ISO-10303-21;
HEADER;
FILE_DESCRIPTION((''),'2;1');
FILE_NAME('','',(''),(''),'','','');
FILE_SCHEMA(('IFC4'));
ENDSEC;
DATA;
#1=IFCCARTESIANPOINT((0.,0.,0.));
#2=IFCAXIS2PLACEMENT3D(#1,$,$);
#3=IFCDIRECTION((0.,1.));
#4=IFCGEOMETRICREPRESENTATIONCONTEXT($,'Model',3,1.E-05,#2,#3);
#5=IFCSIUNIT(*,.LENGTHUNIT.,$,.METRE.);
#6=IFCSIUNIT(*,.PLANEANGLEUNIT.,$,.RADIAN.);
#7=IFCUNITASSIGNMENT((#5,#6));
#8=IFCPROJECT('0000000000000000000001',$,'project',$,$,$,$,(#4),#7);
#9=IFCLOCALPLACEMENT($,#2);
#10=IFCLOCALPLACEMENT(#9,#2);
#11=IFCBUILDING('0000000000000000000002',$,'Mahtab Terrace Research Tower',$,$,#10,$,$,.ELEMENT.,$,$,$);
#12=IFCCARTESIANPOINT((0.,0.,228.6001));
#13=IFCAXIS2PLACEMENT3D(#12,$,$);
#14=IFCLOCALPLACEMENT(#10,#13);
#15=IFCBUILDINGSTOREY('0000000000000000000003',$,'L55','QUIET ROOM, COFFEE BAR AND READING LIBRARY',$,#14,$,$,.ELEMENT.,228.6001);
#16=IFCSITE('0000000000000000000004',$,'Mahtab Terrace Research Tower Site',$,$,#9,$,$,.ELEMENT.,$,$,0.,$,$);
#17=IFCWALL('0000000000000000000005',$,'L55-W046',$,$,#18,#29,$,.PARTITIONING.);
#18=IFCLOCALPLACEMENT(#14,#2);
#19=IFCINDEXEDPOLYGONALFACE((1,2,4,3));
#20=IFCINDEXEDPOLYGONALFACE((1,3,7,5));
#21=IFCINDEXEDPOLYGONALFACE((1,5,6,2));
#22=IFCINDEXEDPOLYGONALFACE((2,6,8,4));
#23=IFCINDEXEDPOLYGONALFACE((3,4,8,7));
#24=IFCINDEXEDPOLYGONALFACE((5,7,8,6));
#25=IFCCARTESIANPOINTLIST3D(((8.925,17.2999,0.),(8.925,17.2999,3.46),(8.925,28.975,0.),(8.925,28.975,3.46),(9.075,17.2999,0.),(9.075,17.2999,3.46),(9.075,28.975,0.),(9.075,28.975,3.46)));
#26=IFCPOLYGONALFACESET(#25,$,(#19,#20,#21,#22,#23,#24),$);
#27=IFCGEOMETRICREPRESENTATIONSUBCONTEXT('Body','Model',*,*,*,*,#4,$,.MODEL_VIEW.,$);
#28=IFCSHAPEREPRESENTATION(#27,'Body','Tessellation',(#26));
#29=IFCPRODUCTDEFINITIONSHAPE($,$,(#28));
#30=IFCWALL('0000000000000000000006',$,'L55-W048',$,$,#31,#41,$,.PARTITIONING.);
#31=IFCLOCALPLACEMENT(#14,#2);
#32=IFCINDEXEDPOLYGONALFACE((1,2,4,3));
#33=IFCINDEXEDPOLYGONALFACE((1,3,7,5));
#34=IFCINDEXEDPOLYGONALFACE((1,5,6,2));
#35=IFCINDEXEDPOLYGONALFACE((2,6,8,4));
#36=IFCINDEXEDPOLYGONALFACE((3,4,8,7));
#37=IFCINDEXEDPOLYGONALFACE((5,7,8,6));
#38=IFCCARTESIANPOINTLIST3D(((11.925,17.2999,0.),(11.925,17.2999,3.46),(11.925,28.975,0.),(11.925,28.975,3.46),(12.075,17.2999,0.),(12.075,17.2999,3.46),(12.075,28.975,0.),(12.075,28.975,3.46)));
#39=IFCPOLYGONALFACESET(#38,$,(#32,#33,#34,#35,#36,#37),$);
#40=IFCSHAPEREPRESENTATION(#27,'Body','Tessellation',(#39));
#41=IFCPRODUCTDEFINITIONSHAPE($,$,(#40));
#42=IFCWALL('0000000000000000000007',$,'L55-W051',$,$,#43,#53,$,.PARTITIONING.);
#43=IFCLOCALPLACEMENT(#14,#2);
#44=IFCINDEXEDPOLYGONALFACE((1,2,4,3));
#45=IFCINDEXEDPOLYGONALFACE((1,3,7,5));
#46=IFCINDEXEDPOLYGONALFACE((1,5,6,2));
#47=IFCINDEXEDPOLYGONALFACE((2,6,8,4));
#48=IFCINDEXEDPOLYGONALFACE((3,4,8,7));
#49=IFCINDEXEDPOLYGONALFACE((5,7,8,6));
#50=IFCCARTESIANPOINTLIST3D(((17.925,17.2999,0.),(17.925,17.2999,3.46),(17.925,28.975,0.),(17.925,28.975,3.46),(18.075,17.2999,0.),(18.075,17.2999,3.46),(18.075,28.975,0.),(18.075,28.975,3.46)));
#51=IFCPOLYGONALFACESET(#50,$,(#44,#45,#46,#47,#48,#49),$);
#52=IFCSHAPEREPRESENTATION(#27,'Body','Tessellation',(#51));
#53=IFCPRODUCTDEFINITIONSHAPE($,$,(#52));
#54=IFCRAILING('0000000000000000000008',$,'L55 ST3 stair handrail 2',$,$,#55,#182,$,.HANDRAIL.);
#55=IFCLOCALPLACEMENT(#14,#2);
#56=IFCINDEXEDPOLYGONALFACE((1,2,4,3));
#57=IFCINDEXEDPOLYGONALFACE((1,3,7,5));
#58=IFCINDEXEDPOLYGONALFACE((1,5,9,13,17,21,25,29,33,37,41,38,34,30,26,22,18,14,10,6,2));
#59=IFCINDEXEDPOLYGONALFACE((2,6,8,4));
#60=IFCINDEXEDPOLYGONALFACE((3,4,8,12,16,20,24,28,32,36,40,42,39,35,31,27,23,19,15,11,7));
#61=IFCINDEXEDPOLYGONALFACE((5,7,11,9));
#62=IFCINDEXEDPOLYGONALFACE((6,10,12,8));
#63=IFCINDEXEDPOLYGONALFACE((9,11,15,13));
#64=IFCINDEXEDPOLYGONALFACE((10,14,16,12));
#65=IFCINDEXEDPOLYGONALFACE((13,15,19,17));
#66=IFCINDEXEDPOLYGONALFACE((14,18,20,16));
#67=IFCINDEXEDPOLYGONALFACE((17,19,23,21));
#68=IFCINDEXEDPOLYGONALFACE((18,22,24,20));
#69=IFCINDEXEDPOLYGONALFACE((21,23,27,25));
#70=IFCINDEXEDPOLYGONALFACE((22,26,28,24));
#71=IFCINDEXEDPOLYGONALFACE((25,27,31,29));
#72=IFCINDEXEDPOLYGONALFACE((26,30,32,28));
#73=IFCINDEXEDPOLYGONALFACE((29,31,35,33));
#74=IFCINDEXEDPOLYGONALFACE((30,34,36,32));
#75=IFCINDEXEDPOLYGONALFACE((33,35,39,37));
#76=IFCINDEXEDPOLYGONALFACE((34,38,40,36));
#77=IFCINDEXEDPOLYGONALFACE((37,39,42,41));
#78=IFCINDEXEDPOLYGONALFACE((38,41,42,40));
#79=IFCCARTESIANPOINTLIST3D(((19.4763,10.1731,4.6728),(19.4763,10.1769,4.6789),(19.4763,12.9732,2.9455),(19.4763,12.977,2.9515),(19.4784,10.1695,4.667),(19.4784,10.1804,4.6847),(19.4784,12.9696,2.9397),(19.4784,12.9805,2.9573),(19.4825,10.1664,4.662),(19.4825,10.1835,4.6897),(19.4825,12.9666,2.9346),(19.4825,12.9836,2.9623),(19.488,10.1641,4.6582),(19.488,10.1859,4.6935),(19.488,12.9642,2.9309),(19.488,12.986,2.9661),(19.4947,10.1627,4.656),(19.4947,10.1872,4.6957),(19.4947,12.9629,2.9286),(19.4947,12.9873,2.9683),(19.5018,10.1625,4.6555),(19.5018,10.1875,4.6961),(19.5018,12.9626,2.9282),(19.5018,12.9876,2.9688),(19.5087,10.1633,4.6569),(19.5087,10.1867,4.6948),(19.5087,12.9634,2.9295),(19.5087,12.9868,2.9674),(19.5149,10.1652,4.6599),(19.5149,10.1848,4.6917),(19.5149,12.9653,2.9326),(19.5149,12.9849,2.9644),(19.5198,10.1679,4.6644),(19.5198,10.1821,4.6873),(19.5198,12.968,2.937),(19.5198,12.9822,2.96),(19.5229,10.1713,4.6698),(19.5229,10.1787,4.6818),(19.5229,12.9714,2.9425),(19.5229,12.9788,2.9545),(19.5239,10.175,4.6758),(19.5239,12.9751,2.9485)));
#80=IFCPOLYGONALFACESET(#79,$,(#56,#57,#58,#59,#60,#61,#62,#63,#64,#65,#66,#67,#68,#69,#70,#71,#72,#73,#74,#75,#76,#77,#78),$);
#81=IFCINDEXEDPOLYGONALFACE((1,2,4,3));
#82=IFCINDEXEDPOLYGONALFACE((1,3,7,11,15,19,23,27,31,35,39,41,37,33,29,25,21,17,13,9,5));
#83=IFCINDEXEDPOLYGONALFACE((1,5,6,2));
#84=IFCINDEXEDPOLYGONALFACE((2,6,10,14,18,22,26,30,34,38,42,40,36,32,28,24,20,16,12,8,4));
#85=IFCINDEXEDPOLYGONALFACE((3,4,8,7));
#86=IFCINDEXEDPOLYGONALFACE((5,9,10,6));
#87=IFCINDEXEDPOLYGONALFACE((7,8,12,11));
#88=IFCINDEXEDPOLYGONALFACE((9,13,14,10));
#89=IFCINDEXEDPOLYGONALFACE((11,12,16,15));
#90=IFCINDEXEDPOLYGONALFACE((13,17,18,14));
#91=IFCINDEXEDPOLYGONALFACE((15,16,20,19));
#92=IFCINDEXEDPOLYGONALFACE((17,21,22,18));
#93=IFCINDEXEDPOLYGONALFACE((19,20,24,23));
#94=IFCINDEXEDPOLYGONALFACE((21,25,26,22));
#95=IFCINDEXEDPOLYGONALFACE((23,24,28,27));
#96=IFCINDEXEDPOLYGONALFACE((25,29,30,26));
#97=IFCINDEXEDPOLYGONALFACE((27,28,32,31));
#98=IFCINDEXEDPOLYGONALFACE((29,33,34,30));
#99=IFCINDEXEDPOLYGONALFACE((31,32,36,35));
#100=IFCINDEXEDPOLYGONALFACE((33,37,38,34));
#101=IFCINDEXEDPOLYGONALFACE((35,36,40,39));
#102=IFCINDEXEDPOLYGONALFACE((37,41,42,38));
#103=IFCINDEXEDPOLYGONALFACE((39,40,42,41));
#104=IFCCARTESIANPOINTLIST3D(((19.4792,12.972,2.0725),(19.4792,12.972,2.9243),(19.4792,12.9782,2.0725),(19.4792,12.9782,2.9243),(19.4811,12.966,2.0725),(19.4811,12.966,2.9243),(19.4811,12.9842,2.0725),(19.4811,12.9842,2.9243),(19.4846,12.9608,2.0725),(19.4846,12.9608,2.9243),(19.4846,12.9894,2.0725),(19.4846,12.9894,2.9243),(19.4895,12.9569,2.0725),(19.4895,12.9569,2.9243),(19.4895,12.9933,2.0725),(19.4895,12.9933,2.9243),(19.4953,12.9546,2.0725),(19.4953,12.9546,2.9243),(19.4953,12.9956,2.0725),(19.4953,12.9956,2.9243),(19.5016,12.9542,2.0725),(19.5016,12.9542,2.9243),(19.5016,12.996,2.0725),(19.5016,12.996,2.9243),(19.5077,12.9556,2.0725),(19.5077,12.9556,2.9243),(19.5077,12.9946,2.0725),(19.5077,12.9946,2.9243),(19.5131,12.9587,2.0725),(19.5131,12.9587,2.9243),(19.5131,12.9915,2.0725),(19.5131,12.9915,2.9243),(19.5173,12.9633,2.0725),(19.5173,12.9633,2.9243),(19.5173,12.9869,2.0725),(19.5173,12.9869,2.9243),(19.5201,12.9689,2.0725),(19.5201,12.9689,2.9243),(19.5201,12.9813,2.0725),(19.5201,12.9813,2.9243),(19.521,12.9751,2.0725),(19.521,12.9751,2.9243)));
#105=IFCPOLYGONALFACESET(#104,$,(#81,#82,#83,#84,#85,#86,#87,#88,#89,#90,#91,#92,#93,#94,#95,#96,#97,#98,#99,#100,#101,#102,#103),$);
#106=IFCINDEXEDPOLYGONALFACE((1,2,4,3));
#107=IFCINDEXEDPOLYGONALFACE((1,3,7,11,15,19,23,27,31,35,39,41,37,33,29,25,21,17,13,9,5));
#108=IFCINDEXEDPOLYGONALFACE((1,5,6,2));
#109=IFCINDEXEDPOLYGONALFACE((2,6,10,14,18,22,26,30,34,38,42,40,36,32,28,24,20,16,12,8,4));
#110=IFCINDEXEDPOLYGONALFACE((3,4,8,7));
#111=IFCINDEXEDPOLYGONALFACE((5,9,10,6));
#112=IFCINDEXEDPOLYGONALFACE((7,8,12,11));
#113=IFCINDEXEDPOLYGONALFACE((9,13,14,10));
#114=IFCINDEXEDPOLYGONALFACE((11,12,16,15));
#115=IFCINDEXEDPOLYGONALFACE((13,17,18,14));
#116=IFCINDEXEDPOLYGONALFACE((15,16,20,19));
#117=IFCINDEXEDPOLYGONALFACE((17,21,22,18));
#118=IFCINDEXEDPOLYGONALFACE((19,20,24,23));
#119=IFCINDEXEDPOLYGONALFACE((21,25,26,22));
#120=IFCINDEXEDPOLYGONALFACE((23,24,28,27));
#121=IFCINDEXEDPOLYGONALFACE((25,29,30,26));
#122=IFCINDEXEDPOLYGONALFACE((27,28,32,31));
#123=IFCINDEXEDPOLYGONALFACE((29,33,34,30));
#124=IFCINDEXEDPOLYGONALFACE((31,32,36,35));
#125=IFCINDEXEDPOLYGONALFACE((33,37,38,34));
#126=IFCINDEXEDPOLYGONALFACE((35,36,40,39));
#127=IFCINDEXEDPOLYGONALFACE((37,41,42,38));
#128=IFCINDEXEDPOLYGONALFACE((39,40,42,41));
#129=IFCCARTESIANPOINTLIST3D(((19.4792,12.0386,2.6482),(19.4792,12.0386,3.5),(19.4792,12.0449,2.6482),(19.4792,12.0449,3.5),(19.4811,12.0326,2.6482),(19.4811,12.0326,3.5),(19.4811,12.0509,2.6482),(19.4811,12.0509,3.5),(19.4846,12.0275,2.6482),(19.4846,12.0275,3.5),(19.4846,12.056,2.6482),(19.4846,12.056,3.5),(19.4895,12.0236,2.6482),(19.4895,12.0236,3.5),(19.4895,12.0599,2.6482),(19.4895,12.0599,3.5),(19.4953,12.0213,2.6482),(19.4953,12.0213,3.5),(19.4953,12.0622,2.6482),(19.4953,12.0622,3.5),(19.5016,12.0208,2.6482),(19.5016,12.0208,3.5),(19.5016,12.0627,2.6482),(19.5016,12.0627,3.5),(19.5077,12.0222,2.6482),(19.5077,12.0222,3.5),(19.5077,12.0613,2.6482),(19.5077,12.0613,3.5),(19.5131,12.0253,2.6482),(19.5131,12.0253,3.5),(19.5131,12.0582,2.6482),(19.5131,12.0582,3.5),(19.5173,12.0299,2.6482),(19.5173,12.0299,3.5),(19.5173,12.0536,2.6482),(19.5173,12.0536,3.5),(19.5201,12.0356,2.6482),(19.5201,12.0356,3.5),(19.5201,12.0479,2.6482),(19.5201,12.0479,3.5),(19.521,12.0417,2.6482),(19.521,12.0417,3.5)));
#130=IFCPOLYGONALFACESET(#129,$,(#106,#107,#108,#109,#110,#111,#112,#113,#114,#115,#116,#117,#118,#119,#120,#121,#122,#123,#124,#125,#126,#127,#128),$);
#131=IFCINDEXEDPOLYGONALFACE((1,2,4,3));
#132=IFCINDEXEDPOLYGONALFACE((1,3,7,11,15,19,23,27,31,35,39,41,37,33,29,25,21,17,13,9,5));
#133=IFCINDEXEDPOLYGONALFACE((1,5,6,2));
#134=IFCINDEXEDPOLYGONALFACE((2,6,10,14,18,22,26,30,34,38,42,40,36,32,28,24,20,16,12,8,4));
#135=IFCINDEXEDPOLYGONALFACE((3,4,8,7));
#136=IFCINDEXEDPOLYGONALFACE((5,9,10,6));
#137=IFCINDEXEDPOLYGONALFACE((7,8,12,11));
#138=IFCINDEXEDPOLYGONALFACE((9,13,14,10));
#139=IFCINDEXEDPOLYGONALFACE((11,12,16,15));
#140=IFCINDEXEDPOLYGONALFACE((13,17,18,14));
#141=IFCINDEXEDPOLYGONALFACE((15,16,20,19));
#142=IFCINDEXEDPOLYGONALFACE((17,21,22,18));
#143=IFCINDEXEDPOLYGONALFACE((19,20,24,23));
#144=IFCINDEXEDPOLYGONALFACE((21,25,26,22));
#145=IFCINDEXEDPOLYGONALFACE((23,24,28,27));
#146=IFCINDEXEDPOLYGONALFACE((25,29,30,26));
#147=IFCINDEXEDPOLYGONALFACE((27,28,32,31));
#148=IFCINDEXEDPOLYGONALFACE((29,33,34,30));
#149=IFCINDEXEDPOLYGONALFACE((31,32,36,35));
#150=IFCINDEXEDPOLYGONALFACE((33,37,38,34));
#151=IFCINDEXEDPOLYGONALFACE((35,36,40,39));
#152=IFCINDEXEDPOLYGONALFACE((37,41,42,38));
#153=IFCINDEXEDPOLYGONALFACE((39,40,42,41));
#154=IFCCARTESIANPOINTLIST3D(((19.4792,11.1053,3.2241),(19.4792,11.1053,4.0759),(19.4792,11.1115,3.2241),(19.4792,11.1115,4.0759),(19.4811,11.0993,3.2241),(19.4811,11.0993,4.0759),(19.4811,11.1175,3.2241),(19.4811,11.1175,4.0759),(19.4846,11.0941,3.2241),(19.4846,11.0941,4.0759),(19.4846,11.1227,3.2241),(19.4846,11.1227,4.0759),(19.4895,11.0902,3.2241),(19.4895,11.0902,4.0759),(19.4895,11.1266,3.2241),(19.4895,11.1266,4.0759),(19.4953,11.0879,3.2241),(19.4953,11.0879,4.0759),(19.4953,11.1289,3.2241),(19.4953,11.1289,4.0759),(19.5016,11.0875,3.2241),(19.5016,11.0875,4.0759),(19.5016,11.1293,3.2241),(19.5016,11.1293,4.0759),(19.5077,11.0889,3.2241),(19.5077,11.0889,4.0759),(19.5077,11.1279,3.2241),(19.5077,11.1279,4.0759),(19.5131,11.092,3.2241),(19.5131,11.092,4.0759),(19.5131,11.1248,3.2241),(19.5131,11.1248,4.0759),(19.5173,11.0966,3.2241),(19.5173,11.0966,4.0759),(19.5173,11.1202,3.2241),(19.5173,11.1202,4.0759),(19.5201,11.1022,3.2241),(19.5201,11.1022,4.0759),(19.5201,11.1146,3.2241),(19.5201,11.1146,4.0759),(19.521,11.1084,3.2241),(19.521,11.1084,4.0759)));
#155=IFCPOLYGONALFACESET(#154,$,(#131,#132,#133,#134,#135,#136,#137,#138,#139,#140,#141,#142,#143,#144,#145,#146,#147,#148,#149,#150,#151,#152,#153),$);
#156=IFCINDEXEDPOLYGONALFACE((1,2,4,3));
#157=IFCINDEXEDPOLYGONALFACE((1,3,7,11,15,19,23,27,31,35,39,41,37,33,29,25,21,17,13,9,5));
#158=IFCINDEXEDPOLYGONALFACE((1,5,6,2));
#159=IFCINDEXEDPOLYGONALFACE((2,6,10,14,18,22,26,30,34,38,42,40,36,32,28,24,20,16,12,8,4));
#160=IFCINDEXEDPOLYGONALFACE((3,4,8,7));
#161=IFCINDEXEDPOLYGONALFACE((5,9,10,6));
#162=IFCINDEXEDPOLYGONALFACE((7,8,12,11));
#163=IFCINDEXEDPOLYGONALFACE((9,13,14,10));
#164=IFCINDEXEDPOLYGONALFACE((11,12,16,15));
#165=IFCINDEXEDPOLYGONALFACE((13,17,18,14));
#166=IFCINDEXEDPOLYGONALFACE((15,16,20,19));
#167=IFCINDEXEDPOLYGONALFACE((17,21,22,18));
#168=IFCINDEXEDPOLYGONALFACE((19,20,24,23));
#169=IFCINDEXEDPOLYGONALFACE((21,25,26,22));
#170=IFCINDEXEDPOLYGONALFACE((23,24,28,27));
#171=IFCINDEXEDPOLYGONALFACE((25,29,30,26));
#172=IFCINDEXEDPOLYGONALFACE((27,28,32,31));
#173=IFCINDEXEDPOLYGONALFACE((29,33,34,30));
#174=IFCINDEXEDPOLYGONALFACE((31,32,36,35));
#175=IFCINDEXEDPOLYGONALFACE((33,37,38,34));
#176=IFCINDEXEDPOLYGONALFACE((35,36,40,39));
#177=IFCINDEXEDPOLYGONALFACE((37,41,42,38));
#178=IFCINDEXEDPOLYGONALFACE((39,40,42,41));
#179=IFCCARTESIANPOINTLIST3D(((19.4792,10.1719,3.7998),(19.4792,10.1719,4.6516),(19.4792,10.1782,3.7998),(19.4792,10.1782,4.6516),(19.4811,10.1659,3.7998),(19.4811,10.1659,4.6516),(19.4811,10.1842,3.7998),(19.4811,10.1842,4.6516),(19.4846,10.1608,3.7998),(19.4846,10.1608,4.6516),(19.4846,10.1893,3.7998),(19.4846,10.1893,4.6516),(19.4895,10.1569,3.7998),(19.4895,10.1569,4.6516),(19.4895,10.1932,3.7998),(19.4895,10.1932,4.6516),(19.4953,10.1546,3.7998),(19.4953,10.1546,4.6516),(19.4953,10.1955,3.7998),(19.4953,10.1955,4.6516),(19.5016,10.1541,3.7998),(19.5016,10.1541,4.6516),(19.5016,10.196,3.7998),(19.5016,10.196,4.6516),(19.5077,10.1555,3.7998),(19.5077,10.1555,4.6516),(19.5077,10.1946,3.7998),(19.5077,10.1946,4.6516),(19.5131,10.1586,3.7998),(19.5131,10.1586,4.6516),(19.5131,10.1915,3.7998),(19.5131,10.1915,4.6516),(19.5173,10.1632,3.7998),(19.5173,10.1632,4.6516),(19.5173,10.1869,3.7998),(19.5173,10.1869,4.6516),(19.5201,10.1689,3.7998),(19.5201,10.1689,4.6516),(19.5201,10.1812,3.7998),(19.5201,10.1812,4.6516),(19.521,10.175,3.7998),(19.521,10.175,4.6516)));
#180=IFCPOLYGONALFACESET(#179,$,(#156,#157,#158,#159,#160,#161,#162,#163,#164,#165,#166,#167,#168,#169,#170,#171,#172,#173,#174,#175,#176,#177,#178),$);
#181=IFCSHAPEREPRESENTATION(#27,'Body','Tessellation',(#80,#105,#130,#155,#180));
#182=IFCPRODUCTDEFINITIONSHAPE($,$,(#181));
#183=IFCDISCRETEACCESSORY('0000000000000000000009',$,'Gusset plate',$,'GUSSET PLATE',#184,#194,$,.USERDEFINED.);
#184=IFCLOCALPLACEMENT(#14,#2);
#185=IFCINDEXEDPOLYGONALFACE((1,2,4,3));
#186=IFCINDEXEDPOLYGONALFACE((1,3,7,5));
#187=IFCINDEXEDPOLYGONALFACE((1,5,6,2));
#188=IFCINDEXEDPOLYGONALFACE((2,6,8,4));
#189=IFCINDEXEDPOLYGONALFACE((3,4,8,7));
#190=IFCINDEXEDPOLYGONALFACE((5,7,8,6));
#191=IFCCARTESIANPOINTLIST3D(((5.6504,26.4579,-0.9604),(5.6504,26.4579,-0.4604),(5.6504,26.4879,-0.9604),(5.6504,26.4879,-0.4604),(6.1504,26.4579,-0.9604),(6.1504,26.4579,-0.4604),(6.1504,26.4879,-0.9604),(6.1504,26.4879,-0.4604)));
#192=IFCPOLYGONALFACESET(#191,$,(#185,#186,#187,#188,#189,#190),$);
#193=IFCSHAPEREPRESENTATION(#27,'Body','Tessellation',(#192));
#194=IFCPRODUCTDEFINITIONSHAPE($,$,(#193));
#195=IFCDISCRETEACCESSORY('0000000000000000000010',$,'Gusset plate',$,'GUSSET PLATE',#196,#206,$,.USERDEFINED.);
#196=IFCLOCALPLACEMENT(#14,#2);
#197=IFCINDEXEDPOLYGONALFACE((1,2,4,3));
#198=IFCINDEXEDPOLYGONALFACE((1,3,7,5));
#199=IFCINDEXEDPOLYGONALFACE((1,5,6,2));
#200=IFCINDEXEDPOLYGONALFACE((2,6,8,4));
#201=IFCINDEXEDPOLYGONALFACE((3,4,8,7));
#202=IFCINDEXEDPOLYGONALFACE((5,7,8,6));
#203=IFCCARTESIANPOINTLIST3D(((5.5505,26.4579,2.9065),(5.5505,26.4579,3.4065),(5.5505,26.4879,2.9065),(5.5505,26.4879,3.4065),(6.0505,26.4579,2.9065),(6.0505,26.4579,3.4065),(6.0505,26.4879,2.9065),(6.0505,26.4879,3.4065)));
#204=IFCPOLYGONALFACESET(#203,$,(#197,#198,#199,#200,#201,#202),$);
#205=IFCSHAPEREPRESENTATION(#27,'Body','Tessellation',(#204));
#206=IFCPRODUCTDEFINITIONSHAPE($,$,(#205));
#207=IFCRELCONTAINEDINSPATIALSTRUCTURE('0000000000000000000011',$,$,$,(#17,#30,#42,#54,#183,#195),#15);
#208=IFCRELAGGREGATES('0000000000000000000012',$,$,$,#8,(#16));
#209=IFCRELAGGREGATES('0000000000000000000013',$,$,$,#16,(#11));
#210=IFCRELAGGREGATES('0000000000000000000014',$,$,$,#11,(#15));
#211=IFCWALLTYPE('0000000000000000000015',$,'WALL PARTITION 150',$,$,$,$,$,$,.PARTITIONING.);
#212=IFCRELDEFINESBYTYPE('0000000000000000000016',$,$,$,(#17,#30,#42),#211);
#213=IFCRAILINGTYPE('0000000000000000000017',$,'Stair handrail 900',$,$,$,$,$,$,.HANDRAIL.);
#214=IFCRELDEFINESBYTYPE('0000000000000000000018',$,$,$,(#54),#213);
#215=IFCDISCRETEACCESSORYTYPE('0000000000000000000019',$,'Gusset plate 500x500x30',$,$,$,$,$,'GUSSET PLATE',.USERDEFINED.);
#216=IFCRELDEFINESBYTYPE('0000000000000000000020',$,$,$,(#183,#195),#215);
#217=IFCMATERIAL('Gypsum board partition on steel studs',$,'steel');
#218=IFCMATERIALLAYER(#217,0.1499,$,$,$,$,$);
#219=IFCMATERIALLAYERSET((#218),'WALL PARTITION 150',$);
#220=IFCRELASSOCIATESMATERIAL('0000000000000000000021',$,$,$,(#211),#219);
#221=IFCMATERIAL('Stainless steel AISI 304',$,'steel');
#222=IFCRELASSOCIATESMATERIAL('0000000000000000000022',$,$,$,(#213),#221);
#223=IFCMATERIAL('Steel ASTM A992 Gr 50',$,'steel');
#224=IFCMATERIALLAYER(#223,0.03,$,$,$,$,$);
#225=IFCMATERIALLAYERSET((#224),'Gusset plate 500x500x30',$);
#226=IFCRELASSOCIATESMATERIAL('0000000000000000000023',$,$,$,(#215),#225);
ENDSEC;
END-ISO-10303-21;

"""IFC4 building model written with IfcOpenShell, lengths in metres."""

from ifc_helpers import new_model, si_unit, direction, frame, frame_2d, origin, origin_2d, place, context, subcontext, project, spatial, rectangle, circle, extrude, material, layer, layer_set, type_object, element, save


model = new_model("IFC4")

# Units and contexts
model_context = context("Model", 3, precision=1e-05, world=origin(), true_north=direction((0.0, 1.0)))
body_context = subcontext(model_context, "Body", "Model", "MODEL_VIEW")
ifc_project = project(units=[si_unit("LENGTHUNIT", "METRE"), si_unit("PLANEANGLEUNIT", "RADIAN")], contexts=[model_context])

# Site, building, storey
site_placement = place(None, origin())
site = spatial("IfcSite", under=ifc_project, at=site_placement, Name="Mahtab Terrace Research Tower Site", CompositionType="ELEMENT", RefElevation=0.0)
building_placement = place(site_placement, origin())
building = spatial("IfcBuilding", under=site, at=building_placement, Name="Mahtab Terrace Research Tower", CompositionType="ELEMENT")
storey_placement = place(building_placement, frame((0.0, 0.0, 228.6001)))
storey = spatial("IfcBuildingStorey", under=building, at=storey_placement, Name="L55", Description="QUIET ROOM, COFFEE BAR AND READING LIBRARY", CompositionType="ELEMENT", Elevation=228.6001)

# Shared definitions
ifc_material_1 = material(Name="Steel ASTM A992 Gr 50", Category="steel")

# Walls
ifc_material_2 = material(Name="Gypsum board partition on steel studs", Category="steel")
ifc_layer_1 = layer(ifc_material_2, 0.1499)
ifc_layer_set_1 = layer_set([ifc_layer_1], Name="WALL PARTITION 150")
wall_type_1 = type_object("IfcWallType", Name="WALL PARTITION 150", PredefinedType="PARTITIONING", material=ifc_layer_set_1)
for number, where, z_axis, x_axis, name in (
    (1, (9.0, 17.3, 0.0), (0.0, 0.0, 1.0), (0.0, 1.0, 0.0), "L55-W046"),
    (2, (12.0, 17.3, 0.0), (0.0, 0.0, 1.0), (0.0, 1.0, 0.0), "L55-W048"),
    (3, (18.0, 17.3, 0.0), (0.0, 0.0, 1.0), (0.0, 1.0, 0.0), "L55-W051"),
):
    element("IfcWall", number, at=place(storey_placement, frame(where, z_axis=z_axis, x_axis=x_axis)), inside=storey, type_object=wall_type_1, Name=name, PredefinedType="PARTITIONING", context=body_context, shape_type="SweptSolid", body=[
        extrude(rectangle(XDim=11.675, YDim=0.1499, at=frame_2d((5.8374, 0.0))), origin(), (0.0, 0.0, 1.0), 3.46),
    ])

# Railing
ifc_material_3 = material(Name="Stainless steel AISI 304", Category="steel")
railing_type = type_object("IfcRailingType", Name="Stair handrail 900", PredefinedType="HANDRAIL", material=ifc_material_3)
railing_placement = place(storey_placement, frame((19.5, 12.9751, 2.0725)))
element("IfcRailing", 4, at=railing_placement, inside=storey, type_object=railing_type, Name="L55 ST3 stair handrail 2", PredefinedType="HANDRAIL", context=body_context, shape_type="SweptSolid", body=[
    extrude(circle(Radius=0.0239, at=origin_2d()), frame((0.0, 0.0, 0.876), z_axis=(0.0, -0.85109, 0.52502), x_axis=(1.0, 0.0, 0.0)), (0.0, 0.0, 1.0), 3.29),
    extrude(circle(Radius=0.021, at=origin_2d()), origin(), (0.0, 0.0, 1.0), 0.8518),
    extrude(circle(Radius=0.021, at=origin_2d()), frame((0.0, -0.9333, 0.5757)), (0.0, 0.0, 1.0), 0.8518),
    extrude(circle(Radius=0.021, at=origin_2d()), frame((0.0, -1.8667, 1.1516)), (0.0, 0.0, 1.0), 0.8518),
    extrude(circle(Radius=0.021, at=origin_2d()), frame((0.0, -2.8, 1.7273)), (0.0, 0.0, 1.0), 0.8518),
])

# Discrete accessories
ifc_layer_2 = layer(ifc_material_1, 0.03)
ifc_layer_set_2 = layer_set([ifc_layer_2], Name="Gusset plate 500x500x30")
discrete_accessory_type = type_object("IfcDiscreteAccessoryType", Name="Gusset plate 500x500x30", ElementType="GUSSET PLATE", PredefinedType="USERDEFINED", material=ifc_layer_set_2)
for number, where, z_axis, x_axis, name in (
    (5, (5.9004, 26.4729, -0.9604), (0.0, 0.0, 1.0), (1.0, 0.0, 0.0), "Gusset plate"),
    (6, (5.8005, 26.4729, 2.9065), (0.0, 0.0, 1.0), (1.0, 0.0, 0.0), "Gusset plate"),
):
    element("IfcDiscreteAccessory", number, at=place(storey_placement, frame(where, z_axis=z_axis, x_axis=x_axis)), inside=storey, type_object=discrete_accessory_type, Name=name, ObjectType="GUSSET PLATE", PredefinedType="USERDEFINED", context=body_context, shape_type="SweptSolid", body=[
        extrude(rectangle(XDim=0.5, YDim=0.03, at=origin_2d()), origin(), (0.0, 0.0, 1.0), 0.5),
    ])

save(model, "model.ifc")
